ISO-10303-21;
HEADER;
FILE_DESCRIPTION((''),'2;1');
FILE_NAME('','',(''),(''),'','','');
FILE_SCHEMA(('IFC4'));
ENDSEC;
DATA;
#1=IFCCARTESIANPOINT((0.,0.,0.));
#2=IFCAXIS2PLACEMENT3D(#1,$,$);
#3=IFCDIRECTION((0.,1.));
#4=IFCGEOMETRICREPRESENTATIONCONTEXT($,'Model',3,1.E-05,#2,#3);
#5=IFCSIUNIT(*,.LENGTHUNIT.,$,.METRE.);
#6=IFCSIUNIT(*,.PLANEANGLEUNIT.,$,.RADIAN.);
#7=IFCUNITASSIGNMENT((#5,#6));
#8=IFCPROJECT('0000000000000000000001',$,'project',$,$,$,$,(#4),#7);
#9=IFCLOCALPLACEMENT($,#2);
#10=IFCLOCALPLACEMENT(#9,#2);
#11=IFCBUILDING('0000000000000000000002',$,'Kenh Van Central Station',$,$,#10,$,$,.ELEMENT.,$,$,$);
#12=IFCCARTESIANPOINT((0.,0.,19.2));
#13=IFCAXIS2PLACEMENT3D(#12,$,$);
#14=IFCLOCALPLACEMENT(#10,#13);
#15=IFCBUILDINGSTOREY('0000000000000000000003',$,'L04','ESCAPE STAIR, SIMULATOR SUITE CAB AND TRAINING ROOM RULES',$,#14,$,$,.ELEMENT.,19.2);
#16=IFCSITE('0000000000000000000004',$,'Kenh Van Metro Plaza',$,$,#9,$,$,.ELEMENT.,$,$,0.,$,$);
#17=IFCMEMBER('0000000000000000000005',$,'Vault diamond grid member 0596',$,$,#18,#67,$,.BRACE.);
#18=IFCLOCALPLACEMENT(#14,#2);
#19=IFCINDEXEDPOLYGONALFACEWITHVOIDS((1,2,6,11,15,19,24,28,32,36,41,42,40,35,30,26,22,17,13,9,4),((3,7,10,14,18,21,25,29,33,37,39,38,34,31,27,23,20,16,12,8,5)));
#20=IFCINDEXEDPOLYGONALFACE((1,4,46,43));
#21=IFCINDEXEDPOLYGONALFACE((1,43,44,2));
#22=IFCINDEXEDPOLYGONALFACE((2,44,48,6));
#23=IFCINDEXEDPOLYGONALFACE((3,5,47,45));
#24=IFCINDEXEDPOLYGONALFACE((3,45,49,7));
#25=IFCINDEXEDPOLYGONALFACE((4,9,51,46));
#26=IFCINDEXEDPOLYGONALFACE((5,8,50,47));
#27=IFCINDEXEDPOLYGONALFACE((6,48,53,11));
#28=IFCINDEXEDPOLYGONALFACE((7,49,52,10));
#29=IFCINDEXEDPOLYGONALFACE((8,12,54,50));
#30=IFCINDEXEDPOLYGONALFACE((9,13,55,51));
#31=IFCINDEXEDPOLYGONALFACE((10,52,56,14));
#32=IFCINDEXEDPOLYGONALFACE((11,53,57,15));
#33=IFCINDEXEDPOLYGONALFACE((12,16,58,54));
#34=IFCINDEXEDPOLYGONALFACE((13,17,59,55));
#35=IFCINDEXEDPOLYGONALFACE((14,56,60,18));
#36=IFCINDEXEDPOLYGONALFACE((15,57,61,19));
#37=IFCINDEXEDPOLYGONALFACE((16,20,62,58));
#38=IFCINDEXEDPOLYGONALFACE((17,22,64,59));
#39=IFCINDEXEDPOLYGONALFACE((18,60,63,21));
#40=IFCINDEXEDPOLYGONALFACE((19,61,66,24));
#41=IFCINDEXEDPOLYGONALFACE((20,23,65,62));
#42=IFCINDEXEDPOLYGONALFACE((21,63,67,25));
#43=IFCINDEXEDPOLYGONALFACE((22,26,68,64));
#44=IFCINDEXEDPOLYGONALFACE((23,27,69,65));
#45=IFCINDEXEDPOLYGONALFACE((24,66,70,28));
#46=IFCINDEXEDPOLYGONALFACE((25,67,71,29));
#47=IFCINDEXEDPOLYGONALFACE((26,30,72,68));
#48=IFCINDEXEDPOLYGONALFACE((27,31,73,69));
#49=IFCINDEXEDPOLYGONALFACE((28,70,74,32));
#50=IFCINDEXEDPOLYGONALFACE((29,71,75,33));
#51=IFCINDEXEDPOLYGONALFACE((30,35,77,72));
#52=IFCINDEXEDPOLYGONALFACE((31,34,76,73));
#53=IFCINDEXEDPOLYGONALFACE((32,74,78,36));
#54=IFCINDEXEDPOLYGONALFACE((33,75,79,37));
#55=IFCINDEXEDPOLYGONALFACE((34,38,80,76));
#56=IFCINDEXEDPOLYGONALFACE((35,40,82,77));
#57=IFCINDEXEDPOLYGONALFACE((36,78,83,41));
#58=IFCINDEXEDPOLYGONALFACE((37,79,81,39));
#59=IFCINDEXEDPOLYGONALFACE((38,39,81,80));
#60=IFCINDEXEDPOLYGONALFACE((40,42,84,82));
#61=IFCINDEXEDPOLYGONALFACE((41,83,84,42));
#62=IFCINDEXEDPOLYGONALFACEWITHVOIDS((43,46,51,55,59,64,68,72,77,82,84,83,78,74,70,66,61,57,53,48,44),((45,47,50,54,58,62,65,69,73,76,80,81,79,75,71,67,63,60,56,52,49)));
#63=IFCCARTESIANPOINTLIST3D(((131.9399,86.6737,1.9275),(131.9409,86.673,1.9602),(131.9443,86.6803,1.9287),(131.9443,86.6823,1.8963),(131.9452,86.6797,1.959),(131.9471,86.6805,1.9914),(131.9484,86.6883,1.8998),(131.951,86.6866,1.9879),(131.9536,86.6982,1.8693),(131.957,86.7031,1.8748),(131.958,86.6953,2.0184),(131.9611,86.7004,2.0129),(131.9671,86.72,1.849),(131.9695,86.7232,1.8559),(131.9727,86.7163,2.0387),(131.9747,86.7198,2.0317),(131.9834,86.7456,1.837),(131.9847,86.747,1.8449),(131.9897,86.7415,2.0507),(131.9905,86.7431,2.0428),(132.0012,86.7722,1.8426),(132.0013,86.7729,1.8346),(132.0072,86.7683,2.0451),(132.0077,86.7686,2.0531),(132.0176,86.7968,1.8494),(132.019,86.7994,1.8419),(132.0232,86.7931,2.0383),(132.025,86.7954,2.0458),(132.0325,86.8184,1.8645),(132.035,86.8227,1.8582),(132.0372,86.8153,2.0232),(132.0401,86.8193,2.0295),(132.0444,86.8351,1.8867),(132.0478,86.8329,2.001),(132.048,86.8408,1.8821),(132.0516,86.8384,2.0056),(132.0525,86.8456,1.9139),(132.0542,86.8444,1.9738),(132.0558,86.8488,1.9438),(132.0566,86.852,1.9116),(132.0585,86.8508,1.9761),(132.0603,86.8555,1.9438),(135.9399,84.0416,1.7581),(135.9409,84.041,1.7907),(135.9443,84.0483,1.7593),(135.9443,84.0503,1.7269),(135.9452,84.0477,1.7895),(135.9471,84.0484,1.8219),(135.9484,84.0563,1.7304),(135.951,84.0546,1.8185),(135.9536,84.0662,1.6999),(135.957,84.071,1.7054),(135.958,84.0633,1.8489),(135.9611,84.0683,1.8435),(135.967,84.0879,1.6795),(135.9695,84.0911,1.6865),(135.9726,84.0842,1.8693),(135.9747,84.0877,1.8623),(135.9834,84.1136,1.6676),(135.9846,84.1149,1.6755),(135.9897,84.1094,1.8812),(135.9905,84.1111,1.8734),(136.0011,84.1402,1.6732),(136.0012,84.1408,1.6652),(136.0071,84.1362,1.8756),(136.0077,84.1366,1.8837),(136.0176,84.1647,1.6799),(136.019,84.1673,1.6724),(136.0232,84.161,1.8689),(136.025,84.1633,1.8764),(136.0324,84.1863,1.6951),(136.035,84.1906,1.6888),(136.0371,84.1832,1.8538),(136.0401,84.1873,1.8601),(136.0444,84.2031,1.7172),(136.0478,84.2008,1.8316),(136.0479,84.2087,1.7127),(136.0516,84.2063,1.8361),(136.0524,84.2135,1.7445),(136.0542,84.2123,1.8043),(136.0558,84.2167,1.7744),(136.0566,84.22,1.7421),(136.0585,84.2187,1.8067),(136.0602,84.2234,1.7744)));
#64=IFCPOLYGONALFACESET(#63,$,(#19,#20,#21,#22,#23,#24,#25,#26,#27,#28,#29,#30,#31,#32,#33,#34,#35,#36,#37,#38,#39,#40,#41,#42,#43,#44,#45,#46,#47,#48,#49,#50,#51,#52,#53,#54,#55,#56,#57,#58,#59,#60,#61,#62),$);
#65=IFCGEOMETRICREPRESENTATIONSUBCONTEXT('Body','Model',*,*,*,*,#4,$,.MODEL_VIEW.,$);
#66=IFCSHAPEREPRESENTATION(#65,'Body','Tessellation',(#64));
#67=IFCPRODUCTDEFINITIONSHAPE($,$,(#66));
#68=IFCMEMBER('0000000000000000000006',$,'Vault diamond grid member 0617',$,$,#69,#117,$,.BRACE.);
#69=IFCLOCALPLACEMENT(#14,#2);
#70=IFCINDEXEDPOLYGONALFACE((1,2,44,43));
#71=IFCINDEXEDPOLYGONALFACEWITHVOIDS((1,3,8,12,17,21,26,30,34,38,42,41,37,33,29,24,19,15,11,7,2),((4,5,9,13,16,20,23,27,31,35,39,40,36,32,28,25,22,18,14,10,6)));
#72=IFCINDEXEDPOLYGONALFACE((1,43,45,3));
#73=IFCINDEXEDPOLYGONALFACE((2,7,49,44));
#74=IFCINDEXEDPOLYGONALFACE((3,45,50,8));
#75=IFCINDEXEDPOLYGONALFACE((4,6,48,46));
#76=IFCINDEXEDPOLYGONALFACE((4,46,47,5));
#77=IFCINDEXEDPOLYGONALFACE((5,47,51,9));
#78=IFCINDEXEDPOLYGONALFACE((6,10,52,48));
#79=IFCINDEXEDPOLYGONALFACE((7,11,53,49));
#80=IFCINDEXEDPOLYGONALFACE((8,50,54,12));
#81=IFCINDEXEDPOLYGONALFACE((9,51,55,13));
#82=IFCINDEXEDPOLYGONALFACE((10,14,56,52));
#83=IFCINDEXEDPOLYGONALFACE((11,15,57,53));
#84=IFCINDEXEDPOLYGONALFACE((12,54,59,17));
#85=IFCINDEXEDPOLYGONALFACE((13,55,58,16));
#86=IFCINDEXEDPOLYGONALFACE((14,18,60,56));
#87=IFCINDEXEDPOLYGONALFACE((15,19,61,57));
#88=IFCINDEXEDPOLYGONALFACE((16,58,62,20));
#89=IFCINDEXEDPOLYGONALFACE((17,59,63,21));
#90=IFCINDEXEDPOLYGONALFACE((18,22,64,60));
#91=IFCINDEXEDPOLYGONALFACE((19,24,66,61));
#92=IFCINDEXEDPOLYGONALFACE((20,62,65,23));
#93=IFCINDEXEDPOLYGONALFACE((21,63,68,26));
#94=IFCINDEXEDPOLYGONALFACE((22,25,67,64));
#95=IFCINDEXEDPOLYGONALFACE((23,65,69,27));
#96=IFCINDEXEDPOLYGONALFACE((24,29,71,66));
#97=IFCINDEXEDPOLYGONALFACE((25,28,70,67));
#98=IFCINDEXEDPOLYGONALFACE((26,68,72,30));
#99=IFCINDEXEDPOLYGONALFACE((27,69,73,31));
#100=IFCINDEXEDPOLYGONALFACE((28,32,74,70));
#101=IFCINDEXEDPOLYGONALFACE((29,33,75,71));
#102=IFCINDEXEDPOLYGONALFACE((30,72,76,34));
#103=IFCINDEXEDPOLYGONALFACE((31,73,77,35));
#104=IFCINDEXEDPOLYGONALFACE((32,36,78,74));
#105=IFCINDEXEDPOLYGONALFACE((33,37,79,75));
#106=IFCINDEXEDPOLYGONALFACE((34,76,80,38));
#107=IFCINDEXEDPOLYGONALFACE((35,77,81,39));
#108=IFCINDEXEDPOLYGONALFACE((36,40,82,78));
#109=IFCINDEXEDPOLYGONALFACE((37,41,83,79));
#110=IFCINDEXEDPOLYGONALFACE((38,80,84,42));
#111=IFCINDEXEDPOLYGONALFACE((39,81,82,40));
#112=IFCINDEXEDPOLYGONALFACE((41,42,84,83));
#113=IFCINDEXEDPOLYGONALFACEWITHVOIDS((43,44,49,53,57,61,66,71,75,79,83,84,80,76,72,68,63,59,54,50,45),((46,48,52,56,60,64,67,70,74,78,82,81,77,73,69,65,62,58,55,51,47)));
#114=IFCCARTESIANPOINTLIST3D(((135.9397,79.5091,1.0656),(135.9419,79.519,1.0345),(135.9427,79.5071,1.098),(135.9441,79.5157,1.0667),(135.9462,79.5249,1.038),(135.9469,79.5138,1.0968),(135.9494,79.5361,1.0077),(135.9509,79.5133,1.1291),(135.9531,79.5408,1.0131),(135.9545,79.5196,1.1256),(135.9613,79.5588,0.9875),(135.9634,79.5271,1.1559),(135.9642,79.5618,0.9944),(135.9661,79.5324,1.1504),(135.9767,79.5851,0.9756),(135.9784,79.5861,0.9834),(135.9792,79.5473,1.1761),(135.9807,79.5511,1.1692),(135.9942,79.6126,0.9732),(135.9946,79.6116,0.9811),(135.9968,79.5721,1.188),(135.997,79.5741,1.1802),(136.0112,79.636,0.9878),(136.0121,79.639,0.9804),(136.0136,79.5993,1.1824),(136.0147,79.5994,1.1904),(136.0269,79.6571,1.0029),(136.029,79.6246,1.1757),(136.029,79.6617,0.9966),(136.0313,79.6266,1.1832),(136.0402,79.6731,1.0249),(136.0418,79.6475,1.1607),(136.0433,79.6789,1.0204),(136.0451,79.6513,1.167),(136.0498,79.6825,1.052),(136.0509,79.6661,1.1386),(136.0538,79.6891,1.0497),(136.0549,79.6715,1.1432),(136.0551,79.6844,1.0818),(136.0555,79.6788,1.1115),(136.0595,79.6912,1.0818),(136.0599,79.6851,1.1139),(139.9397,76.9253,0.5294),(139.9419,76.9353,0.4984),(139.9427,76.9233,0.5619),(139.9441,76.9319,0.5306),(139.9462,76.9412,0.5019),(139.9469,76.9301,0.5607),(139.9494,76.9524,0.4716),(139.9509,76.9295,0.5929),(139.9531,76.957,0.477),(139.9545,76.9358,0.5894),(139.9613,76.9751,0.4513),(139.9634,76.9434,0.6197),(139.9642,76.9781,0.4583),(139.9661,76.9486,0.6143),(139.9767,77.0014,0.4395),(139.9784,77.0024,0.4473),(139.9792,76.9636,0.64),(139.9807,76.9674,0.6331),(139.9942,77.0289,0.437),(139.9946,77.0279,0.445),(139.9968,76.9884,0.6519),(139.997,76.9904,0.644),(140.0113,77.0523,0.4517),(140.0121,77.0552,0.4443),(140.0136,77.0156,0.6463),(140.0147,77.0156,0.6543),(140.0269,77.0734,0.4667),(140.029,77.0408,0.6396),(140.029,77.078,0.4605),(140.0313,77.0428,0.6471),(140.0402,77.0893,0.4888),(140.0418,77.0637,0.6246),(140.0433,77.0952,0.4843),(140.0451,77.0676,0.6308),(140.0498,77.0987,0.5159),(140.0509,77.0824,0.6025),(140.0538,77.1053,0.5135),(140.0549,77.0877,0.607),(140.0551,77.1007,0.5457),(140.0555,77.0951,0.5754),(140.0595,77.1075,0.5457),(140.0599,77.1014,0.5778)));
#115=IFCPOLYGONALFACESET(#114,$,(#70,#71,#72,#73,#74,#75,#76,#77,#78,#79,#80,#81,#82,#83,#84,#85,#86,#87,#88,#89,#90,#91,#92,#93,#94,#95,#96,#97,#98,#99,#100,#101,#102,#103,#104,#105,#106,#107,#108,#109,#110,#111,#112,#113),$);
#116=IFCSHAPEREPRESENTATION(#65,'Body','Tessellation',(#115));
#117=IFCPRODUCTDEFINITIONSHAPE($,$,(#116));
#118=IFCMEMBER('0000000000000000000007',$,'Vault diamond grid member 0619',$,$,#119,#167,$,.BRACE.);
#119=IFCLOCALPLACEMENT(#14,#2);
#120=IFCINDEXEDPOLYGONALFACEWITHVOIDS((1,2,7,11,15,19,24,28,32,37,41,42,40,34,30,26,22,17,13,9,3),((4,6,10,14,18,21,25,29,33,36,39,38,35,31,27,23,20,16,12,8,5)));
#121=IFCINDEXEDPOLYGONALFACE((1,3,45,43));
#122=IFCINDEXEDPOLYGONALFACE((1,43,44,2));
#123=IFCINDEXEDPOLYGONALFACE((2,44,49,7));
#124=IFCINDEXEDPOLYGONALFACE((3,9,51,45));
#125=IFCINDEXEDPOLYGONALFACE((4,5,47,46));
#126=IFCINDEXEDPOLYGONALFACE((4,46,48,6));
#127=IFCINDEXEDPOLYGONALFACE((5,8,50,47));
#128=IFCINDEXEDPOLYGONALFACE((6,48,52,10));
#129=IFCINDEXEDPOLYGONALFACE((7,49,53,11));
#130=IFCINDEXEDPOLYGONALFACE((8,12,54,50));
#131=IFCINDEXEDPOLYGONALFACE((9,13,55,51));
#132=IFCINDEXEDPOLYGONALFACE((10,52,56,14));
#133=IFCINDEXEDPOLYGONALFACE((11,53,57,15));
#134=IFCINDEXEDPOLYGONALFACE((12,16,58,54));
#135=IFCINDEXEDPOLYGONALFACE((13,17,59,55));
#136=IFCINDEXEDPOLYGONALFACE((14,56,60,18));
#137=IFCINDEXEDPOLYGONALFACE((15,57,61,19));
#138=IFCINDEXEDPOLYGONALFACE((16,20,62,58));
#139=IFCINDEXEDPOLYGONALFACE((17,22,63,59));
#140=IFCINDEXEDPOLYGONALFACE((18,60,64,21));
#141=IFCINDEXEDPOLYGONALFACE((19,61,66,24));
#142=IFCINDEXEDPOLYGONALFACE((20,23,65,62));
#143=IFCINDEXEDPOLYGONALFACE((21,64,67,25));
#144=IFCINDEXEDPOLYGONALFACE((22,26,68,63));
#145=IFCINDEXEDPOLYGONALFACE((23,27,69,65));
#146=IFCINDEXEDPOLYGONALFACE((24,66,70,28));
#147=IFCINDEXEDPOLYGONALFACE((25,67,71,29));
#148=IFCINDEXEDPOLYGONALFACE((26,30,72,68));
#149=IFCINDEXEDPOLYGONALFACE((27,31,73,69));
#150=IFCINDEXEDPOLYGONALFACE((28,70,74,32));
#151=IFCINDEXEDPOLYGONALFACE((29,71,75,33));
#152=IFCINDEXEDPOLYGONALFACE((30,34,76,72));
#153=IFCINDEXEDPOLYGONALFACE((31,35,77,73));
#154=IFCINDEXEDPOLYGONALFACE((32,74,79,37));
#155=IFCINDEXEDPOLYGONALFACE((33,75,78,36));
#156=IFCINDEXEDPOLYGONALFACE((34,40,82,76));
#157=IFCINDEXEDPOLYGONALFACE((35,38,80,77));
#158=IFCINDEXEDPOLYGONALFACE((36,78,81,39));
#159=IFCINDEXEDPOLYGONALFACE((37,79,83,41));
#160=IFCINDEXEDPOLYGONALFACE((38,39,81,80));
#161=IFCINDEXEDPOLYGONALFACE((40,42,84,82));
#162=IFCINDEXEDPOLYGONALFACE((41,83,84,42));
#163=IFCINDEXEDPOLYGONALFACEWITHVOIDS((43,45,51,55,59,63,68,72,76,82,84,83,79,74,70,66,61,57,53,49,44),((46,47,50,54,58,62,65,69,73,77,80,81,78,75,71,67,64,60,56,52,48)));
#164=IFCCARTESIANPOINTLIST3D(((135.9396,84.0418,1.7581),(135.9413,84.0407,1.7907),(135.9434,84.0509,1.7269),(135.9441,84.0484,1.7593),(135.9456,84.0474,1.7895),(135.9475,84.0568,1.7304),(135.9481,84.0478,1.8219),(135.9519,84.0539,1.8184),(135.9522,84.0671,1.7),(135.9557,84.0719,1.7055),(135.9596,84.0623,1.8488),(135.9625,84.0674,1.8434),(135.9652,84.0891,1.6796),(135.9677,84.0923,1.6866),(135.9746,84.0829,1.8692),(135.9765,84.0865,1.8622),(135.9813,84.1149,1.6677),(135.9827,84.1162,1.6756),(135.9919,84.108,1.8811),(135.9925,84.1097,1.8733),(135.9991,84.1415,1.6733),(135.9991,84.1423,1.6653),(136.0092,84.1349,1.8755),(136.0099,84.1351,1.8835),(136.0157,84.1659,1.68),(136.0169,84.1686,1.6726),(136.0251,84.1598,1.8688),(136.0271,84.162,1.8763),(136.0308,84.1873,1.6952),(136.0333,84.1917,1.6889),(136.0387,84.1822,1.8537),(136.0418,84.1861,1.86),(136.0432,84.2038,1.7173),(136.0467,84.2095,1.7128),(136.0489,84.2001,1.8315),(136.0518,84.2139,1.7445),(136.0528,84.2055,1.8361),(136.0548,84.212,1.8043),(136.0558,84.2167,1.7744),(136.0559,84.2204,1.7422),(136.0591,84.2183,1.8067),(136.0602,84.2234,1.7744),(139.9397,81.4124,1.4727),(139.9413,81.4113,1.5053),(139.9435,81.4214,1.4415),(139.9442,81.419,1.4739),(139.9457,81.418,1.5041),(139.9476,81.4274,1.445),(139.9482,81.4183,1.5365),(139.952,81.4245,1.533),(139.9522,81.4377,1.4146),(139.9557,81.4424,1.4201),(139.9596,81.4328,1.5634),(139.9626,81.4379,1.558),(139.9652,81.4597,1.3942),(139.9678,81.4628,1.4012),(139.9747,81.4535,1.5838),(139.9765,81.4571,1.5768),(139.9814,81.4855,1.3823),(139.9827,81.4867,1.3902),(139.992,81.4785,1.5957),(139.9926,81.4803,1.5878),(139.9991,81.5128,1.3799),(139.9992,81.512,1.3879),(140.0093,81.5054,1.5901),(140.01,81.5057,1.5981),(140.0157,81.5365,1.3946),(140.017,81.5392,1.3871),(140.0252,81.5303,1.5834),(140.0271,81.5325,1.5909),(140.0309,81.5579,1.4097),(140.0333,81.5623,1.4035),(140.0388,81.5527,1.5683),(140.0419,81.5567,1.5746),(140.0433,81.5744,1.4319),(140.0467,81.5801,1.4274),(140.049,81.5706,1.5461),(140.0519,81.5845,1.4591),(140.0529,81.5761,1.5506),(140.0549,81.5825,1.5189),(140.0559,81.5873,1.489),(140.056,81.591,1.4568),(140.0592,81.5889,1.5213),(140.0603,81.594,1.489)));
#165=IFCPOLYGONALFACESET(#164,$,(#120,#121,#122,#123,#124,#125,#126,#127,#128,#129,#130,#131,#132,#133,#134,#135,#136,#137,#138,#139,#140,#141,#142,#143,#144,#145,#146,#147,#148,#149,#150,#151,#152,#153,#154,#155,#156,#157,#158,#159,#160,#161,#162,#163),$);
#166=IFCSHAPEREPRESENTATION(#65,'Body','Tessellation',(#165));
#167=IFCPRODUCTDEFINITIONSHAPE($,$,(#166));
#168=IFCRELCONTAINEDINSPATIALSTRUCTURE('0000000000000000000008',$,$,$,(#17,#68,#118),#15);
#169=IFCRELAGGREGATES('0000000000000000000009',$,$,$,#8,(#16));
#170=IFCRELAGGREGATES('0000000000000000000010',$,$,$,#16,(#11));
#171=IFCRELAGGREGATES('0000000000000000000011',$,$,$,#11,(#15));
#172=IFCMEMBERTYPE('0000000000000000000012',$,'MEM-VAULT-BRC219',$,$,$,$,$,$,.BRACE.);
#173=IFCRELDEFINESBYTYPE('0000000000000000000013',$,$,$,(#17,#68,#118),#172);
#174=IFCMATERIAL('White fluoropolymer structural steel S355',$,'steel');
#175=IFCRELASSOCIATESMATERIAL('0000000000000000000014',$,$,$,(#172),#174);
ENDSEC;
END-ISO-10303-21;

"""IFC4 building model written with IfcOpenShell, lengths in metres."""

from ifc_helpers import new_model, si_unit, direction, frame, origin, origin_2d, place, context, subcontext, project, spatial, hollow_circle, extrude, material, material_profile, profile_set, type_object, element, save


model = new_model("IFC4")

# Units and contexts
model_context = context("Model", 3, precision=1e-05, world=origin(), true_north=direction((0.0, 1.0)))
body_context = subcontext(model_context, "Body", "Model", "MODEL_VIEW")
ifc_project = project(units=[si_unit("LENGTHUNIT", "METRE"), si_unit("PLANEANGLEUNIT", "RADIAN")], contexts=[model_context])

# Site, building, storey
site_placement = place(None, origin())
site = spatial("IfcSite", under=ifc_project, at=site_placement, Name="Kenh Van Metro Plaza", CompositionType="ELEMENT", RefElevation=0.0)
building_placement = place(site_placement, origin())
building = spatial("IfcBuilding", under=site, at=building_placement, Name="Kenh Van Central Station", CompositionType="ELEMENT")
storey_placement = place(building_placement, frame((0.0, 0.0, 19.2)))
storey = spatial("IfcBuildingStorey", under=building, at=storey_placement, Name="L04", Description="ESCAPE STAIR, SIMULATOR SUITE CAB AND TRAINING ROOM RULES", CompositionType="ELEMENT", Elevation=19.2)

# Shared definitions
ifc_material_1 = material(Name="White fluoropolymer structural steel S355", Category="steel")

# Members
ifc_material_profile_1 = material_profile(ifc_material_1, hollow_circle(Radius=0.1096, WallThickness=0.0081, at=origin_2d()), Name="CHS 219.1x8")
ifc_profile_set_1 = profile_set([ifc_material_profile_1], Name="White fluoropolymer structural steel S355")
member_type_1 = type_object("IfcMemberType", Name="MEM-VAULT-BRC219", PredefinedType="BRACE", material=ifc_profile_set_1)
member_1_placement = place(storey_placement, frame((132.0, 86.7639, 1.9438), z_axis=(0.834847, -0.549346, -0.035363), x_axis=(0.54969, 0.835369, 0.0)))
element("IfcMember", 1, at=member_1_placement, inside=storey, type_object=member_type_1, Name="Vault diamond grid member 0596", PredefinedType="BRACE", context=body_context, shape_type="SweptSolid", body=[
    extrude(hollow_circle(Radius=0.1096, WallThickness=0.0081, at=origin_2d()), origin(), (0.0, 0.0, 1.0), 4.7913),
])
member_2_placement = place(storey_placement, frame((136.0, 79.5991, 1.0818), z_axis=(0.834727, -0.539179, -0.111881), x_axis=(0.542586, 0.84, 0.0)))
element("IfcMember", 2, at=member_2_placement, inside=storey, type_object=member_type_1, Name="Vault diamond grid member 0617", PredefinedType="BRACE", context=body_context, shape_type="SweptSolid", body=[
    extrude(hollow_circle(Radius=0.1096, WallThickness=0.0081, at=origin_2d()), origin(), (0.0, 0.0, 1.0), 4.792),
])
member_3_placement = place(storey_placement, frame((136.0, 84.1318, 1.7744), z_axis=(0.834145, -0.548324, -0.059516), x_axis=(0.549298, 0.835627, 0.0)))
element("IfcMember", 3, at=member_3_placement, inside=storey, type_object=member_type_1, Name="Vault diamond grid member 0619", PredefinedType="BRACE", context=body_context, shape_type="SweptSolid", body=[
    extrude(hollow_circle(Radius=0.1096, WallThickness=0.0081, at=origin_2d()), origin(), (0.0, 0.0, 1.0), 4.7954),
])

save(model, "model.ifc")
